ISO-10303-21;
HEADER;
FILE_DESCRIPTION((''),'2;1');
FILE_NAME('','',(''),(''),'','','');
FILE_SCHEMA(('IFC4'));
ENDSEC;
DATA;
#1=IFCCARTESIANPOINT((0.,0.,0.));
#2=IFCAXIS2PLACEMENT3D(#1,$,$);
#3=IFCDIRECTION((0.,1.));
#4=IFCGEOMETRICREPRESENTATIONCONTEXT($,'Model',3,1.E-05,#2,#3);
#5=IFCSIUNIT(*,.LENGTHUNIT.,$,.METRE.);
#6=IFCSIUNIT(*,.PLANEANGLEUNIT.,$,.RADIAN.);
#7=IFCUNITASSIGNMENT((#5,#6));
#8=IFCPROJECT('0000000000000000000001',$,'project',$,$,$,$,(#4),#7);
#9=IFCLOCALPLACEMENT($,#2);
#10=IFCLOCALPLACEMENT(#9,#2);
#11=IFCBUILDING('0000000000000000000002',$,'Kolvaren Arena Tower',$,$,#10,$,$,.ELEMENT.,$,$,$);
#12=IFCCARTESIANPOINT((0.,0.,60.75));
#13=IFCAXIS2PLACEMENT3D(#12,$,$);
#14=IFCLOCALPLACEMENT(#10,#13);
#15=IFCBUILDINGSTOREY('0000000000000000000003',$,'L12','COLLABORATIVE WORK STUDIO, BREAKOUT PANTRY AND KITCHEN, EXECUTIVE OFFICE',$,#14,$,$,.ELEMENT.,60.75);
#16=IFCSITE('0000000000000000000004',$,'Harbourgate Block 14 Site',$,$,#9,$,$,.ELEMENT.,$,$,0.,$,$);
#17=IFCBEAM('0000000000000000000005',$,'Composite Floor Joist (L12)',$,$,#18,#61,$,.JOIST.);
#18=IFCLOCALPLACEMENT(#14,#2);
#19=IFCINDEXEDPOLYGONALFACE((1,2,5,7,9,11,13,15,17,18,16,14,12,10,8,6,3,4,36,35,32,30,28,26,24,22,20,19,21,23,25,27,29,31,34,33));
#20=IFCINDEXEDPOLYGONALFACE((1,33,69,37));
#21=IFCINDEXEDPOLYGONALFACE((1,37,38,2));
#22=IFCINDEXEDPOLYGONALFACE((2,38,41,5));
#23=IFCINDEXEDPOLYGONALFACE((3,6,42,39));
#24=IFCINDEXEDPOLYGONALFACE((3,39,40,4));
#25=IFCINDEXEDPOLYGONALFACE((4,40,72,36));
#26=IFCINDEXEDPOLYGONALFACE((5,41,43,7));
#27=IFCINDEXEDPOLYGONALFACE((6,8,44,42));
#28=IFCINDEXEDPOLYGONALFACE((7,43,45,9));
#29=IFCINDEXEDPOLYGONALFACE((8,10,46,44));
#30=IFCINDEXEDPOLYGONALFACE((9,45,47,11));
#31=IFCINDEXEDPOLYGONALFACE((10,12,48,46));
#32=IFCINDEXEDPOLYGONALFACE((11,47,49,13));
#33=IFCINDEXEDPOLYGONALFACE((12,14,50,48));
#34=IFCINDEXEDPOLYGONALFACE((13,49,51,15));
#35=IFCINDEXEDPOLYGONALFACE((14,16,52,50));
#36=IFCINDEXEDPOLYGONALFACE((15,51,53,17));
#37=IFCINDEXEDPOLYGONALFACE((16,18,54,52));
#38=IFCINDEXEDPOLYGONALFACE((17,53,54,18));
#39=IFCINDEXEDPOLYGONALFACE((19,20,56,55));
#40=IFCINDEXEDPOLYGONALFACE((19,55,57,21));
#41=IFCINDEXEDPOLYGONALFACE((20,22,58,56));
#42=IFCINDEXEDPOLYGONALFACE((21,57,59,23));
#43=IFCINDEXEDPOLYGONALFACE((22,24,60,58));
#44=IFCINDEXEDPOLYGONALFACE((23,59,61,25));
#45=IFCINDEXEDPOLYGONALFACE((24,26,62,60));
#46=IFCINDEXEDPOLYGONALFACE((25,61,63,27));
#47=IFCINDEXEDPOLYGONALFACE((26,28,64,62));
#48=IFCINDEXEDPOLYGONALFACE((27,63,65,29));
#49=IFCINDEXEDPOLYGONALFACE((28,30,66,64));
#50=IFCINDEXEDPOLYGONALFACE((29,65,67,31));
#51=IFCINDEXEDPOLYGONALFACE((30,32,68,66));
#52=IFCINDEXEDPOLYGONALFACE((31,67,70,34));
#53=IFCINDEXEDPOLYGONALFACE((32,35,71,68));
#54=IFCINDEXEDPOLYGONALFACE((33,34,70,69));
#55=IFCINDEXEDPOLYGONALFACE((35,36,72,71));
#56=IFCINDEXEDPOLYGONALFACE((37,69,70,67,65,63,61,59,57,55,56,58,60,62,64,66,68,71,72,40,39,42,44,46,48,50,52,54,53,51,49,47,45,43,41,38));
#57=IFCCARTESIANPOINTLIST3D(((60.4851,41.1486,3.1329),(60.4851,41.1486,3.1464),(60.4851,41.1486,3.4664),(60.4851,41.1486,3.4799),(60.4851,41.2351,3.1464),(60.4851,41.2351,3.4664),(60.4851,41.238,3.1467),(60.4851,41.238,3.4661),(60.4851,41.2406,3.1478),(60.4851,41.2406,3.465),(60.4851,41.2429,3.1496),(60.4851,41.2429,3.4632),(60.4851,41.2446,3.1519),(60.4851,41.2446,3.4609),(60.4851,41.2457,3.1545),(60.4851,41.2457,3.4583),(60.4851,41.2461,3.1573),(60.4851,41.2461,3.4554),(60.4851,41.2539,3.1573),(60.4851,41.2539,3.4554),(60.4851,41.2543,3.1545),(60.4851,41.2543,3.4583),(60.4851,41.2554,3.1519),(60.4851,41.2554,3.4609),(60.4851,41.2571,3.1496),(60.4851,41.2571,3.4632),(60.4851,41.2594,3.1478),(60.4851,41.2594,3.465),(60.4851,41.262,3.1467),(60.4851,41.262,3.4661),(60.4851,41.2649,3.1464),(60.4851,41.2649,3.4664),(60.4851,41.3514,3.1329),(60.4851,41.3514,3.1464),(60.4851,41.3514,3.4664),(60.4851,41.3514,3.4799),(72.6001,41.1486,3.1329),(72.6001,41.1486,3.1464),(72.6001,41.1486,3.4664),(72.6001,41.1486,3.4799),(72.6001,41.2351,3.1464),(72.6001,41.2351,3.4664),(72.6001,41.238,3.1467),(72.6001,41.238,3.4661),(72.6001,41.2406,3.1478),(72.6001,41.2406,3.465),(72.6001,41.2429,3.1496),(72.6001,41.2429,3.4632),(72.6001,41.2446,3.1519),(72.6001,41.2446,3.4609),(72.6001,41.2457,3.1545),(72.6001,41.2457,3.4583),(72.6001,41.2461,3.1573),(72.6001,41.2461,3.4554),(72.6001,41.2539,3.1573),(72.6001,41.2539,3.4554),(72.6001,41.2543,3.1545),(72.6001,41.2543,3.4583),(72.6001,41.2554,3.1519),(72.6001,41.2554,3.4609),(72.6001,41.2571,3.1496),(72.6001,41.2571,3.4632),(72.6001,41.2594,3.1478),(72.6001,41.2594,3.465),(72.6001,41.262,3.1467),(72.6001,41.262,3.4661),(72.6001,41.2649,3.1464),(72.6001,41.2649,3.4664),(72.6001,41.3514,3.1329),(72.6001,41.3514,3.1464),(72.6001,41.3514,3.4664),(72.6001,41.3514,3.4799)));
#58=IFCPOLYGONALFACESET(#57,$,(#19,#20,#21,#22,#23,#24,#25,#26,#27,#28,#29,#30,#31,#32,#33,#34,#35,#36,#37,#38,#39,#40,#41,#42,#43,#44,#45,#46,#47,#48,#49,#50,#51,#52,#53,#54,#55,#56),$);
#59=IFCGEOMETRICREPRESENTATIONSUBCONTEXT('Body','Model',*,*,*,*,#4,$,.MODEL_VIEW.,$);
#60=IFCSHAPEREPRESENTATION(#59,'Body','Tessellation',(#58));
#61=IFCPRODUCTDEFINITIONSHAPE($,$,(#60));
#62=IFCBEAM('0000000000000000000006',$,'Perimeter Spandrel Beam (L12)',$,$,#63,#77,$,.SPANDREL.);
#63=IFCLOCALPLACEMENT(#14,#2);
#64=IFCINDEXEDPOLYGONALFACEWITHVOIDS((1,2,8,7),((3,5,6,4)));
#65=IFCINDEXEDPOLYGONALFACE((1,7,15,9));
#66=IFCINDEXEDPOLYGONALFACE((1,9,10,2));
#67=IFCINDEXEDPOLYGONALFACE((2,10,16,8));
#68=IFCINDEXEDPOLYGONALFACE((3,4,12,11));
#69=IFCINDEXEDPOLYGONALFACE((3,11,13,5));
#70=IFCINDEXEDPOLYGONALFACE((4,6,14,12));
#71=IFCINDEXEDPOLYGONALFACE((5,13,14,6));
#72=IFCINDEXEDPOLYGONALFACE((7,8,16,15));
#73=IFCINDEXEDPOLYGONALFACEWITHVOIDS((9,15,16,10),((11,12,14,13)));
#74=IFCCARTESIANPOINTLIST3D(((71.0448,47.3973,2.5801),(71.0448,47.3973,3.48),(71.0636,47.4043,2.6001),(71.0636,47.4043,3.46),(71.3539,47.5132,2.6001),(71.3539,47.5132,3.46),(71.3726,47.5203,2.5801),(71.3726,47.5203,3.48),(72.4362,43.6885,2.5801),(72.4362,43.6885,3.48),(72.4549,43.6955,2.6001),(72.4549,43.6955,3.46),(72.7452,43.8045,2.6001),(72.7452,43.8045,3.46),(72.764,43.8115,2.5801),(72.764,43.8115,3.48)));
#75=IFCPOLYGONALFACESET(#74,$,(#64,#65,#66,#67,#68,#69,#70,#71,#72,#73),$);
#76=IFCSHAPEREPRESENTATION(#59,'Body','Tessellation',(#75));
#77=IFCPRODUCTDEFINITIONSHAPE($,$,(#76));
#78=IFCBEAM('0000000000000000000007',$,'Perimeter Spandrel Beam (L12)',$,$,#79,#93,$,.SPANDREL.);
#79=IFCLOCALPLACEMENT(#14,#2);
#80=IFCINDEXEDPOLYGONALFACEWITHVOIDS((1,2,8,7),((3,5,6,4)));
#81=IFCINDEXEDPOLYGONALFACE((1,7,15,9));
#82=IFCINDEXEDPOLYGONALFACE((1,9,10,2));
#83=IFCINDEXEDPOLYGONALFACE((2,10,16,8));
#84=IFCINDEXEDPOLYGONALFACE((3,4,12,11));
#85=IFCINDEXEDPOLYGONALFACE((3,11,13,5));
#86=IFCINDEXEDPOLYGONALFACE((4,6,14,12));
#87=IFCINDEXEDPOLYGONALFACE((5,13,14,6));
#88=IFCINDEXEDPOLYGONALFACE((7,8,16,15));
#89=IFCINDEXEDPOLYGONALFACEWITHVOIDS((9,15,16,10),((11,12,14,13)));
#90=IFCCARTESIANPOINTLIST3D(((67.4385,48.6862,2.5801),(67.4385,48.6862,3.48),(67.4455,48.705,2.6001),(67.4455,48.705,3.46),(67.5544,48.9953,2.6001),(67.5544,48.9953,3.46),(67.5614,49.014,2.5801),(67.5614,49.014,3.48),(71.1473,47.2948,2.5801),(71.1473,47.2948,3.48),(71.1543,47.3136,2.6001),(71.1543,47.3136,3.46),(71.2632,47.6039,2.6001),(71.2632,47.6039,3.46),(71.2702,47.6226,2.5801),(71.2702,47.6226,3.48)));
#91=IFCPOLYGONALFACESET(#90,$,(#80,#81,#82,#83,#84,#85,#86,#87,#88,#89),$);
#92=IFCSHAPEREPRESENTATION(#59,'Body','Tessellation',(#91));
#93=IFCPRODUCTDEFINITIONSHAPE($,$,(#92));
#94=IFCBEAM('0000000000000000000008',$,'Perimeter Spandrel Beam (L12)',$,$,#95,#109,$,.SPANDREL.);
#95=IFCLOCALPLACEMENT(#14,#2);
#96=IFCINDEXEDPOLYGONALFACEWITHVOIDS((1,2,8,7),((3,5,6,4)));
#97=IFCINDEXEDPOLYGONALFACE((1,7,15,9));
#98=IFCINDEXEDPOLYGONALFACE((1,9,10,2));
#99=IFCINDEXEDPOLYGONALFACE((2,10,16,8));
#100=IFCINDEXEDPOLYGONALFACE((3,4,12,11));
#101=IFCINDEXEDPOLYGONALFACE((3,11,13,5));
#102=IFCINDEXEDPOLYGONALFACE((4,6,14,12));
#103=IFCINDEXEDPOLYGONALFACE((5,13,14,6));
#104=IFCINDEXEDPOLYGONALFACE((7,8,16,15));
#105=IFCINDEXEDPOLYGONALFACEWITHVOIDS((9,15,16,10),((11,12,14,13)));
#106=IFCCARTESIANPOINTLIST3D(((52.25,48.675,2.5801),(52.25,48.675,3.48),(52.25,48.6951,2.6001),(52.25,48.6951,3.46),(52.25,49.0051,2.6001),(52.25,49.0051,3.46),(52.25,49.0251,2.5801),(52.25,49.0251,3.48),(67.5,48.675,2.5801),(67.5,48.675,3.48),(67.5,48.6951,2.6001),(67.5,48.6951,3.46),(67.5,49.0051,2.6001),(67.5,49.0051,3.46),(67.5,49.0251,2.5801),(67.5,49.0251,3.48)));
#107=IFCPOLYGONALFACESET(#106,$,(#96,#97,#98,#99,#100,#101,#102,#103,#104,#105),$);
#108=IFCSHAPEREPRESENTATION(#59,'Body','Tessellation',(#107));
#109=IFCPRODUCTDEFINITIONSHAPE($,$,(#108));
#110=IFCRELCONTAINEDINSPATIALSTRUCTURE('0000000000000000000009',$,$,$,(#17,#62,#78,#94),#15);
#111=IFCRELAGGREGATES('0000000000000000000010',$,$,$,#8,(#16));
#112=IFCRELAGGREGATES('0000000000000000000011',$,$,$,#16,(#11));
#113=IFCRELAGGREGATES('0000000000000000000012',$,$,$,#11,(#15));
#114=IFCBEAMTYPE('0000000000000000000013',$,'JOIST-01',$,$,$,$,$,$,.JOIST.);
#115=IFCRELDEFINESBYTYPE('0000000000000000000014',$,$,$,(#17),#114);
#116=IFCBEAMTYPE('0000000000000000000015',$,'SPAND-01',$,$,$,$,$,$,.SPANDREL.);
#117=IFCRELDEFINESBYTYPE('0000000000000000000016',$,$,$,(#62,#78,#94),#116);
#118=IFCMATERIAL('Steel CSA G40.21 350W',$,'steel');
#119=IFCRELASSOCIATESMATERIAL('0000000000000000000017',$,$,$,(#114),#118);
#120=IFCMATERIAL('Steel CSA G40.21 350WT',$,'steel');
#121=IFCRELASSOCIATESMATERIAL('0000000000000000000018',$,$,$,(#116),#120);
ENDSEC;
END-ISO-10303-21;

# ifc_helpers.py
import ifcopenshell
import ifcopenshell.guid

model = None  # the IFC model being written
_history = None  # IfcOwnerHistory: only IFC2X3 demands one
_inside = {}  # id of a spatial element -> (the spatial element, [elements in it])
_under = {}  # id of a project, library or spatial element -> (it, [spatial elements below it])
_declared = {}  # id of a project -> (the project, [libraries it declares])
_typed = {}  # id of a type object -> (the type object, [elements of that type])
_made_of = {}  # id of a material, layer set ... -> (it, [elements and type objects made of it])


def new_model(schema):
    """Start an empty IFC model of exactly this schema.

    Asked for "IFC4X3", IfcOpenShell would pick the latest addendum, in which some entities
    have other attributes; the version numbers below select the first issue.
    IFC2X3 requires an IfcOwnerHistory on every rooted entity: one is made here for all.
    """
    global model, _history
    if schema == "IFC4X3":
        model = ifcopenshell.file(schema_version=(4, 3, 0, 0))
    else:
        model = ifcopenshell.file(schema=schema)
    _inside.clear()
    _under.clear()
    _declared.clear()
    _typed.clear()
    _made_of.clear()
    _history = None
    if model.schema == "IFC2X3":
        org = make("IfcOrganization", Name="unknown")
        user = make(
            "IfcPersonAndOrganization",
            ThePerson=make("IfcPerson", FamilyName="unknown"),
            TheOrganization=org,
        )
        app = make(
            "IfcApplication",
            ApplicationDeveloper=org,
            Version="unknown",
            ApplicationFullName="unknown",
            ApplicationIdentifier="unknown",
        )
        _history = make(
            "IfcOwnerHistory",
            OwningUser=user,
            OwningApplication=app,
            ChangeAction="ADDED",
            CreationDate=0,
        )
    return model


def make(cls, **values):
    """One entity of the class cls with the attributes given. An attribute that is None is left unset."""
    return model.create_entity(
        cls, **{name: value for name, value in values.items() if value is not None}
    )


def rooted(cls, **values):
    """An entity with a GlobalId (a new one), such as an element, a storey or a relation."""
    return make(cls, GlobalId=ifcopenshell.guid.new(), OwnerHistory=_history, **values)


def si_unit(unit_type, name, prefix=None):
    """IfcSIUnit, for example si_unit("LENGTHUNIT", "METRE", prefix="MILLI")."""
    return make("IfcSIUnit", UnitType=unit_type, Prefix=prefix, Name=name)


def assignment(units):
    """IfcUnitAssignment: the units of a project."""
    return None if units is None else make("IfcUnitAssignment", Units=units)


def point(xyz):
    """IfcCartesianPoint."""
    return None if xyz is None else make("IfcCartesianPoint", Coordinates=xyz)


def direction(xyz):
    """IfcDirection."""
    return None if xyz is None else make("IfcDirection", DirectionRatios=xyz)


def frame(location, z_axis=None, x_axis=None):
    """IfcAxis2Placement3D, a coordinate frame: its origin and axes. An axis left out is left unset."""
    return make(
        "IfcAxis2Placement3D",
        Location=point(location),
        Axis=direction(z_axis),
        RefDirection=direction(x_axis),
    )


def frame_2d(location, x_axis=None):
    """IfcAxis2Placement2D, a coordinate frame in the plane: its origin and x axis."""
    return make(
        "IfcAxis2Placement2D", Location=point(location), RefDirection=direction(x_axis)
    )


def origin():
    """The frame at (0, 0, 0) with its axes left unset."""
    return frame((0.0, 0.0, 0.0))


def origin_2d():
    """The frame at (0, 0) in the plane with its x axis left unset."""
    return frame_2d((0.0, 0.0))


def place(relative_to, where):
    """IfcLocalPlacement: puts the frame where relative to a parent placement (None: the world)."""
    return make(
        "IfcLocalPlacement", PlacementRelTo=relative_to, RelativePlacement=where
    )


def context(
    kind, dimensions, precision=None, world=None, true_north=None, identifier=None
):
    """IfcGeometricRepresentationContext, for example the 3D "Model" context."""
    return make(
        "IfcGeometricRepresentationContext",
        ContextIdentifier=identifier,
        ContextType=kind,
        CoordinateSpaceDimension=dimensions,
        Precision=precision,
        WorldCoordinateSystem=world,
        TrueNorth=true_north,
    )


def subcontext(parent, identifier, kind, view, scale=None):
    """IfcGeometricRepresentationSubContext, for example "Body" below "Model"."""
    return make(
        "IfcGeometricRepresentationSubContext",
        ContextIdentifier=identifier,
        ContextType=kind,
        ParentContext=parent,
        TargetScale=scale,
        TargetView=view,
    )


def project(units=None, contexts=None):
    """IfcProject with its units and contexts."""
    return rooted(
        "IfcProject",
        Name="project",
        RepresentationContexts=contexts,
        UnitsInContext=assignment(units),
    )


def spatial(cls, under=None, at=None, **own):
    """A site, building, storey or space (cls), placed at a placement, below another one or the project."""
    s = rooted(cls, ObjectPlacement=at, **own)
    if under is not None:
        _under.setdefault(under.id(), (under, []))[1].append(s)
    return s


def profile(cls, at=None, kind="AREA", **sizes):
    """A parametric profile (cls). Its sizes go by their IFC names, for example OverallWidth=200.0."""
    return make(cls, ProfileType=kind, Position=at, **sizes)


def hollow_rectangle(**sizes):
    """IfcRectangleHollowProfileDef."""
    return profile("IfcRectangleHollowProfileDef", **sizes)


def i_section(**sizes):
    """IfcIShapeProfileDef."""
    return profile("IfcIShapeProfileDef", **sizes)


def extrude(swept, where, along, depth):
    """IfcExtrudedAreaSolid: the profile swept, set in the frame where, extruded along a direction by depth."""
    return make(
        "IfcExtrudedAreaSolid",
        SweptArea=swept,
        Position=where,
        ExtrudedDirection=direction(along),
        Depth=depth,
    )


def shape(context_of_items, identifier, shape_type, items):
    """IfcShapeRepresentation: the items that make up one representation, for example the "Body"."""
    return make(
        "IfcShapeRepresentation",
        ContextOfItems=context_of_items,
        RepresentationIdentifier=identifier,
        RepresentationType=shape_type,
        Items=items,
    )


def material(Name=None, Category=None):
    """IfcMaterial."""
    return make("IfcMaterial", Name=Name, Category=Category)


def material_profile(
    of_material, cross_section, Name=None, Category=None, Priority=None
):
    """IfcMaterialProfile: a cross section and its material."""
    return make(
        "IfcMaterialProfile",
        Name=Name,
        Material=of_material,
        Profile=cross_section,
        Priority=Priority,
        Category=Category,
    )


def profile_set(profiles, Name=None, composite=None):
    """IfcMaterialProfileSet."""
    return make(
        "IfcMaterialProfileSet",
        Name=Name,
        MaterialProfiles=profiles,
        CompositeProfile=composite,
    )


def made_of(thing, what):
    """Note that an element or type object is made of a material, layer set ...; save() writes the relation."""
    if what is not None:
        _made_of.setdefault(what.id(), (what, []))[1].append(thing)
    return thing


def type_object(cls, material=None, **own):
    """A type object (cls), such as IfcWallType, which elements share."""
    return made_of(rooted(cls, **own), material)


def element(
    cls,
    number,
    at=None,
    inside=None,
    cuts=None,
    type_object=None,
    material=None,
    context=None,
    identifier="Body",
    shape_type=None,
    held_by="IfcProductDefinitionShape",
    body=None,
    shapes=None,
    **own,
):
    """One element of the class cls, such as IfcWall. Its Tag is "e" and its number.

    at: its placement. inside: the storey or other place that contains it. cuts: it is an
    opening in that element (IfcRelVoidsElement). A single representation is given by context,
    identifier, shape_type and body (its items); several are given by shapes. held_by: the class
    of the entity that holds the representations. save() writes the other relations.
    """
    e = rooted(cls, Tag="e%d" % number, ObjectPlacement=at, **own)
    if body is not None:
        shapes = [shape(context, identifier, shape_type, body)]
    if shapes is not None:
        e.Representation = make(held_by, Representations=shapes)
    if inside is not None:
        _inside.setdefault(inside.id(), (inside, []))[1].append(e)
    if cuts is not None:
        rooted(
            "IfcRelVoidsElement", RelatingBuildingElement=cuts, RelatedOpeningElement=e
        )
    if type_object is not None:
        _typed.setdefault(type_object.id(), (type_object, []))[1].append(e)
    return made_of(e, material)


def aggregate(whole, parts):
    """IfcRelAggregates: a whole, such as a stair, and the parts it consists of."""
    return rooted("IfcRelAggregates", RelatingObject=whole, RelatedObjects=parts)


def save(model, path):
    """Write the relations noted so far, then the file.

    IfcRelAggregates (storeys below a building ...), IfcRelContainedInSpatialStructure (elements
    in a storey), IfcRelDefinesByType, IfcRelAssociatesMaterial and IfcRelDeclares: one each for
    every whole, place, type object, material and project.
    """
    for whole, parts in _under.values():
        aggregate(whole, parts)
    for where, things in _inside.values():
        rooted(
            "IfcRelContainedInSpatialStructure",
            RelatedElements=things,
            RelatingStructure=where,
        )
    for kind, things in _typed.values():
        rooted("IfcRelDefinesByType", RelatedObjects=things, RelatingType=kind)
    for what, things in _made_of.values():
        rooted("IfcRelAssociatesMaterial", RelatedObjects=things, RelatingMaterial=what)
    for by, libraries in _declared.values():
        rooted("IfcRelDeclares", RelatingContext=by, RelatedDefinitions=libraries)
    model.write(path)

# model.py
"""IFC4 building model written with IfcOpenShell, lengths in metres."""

from ifc_helpers import new_model, si_unit, direction, frame, origin, origin_2d, place, context, subcontext, project, spatial, hollow_rectangle, i_section, extrude, material, material_profile, profile_set, type_object, element, save


model = new_model("IFC4")

# Units and contexts
model_context = context("Model", 3, precision=1e-05, world=origin(), true_north=direction((0.0, 1.0)))
body_context = subcontext(model_context, "Body", "Model", "MODEL_VIEW")
ifc_project = project(units=[si_unit("LENGTHUNIT", "METRE"), si_unit("PLANEANGLEUNIT", "RADIAN")], contexts=[model_context])

# Site, building, storey
site_placement = place(None, origin())
site = spatial("IfcSite", under=ifc_project, at=site_placement, Name="Harbourgate Block 14 Site", CompositionType="ELEMENT", RefElevation=0.0)
building_placement = place(site_placement, origin())
building = spatial("IfcBuilding", under=site, at=building_placement, Name="Kolvaren Arena Tower", CompositionType="ELEMENT")
storey_placement = place(building_placement, frame((0.0, 0.0, 60.75)))
storey = spatial("IfcBuildingStorey", under=building, at=storey_placement, Name="L12", Description="COLLABORATIVE WORK STUDIO, BREAKOUT PANTRY AND KITCHEN, EXECUTIVE OFFICE", CompositionType="ELEMENT", Elevation=60.75)

# Beams
ifc_material_1 = material(Name="Steel CSA G40.21 350W", Category="steel")
ifc_material_profile_1 = material_profile(ifc_material_1, i_section(OverallWidth=0.2029, OverallDepth=0.3469, WebThickness=0.0078, FlangeThickness=0.0134, FilletRadius=0.011, at=origin_2d()), Name="W360x64")
ifc_profile_set_1 = profile_set([ifc_material_profile_1], Name="Steel CSA G40.21 350W")
beam_type_1 = type_object("IfcBeamType", Name="JOIST-01", PredefinedType="JOIST", material=ifc_profile_set_1)
beam_1_placement = place(storey_placement, frame((60.4851, 41.25, 3.3064), z_axis=(1.0, 0.0, 0.0), x_axis=(0.0, 1.0, 0.0)))
element("IfcBeam", 1, at=beam_1_placement, inside=storey, type_object=beam_type_1, Name="Composite Floor Joist (L12)", PredefinedType="JOIST", context=body_context, shape_type="SweptSolid", body=[
    extrude(i_section(OverallWidth=0.2029, OverallDepth=0.3469, WebThickness=0.0078, FlangeThickness=0.0134, FilletRadius=0.011, at=origin_2d()), origin(), (0.0, 0.0, 1.0), 12.115),
])
ifc_material_2 = material(Name="Steel CSA G40.21 350WT", Category="steel")
ifc_material_profile_2 = material_profile(ifc_material_2, hollow_rectangle(XDim=0.3501, YDim=0.8999, WallThickness=0.02, at=origin_2d()), Name="HSS 900x350x20")
ifc_profile_set_2 = profile_set([ifc_material_profile_2], Name="Steel CSA G40.21 350WT")
beam_type_2 = type_object("IfcBeamType", Name="SPAND-01", PredefinedType="SPANDREL", material=ifc_profile_set_2)
for number, where, z_axis, x_axis, name in (
    (2, (72.6001, 43.75, 3.03), (-0.351252, 0.936281, 0.0), (-0.936281, -0.351252, 0.0), "Perimeter Spandrel Beam (L12)"),
    (3, (71.2087, 47.4587, 3.03), (-0.936281, 0.351252, 0.0), (-0.351252, -0.936281, 0.0), "Perimeter Spandrel Beam (L12)"),
):
    element("IfcBeam", number, at=place(storey_placement, frame(where, z_axis=z_axis, x_axis=x_axis)), inside=storey, type_object=beam_type_2, Name=name, PredefinedType="SPANDREL", context=body_context, shape_type="SweptSolid", body=[
        extrude(hollow_rectangle(XDim=0.3501, YDim=0.8999, WallThickness=0.02, at=origin_2d()), origin(), (0.0, 0.0, 1.0), 3.9612),
    ])
beam_2_placement = place(storey_placement, frame((67.5, 48.8501, 3.03), z_axis=(-1.0, 0.0, 0.0), x_axis=(0.0, -1.0, 0.0)))
element("IfcBeam", 4, at=beam_2_placement, inside=storey, type_object=beam_type_2, Name="Perimeter Spandrel Beam (L12)", PredefinedType="SPANDREL", context=body_context, shape_type="SweptSolid", body=[
    extrude(hollow_rectangle(XDim=0.3501, YDim=0.8999, WallThickness=0.02, at=origin_2d()), origin(), (0.0, 0.0, 1.0), 15.25),
])

save(model, "model.ifc")
